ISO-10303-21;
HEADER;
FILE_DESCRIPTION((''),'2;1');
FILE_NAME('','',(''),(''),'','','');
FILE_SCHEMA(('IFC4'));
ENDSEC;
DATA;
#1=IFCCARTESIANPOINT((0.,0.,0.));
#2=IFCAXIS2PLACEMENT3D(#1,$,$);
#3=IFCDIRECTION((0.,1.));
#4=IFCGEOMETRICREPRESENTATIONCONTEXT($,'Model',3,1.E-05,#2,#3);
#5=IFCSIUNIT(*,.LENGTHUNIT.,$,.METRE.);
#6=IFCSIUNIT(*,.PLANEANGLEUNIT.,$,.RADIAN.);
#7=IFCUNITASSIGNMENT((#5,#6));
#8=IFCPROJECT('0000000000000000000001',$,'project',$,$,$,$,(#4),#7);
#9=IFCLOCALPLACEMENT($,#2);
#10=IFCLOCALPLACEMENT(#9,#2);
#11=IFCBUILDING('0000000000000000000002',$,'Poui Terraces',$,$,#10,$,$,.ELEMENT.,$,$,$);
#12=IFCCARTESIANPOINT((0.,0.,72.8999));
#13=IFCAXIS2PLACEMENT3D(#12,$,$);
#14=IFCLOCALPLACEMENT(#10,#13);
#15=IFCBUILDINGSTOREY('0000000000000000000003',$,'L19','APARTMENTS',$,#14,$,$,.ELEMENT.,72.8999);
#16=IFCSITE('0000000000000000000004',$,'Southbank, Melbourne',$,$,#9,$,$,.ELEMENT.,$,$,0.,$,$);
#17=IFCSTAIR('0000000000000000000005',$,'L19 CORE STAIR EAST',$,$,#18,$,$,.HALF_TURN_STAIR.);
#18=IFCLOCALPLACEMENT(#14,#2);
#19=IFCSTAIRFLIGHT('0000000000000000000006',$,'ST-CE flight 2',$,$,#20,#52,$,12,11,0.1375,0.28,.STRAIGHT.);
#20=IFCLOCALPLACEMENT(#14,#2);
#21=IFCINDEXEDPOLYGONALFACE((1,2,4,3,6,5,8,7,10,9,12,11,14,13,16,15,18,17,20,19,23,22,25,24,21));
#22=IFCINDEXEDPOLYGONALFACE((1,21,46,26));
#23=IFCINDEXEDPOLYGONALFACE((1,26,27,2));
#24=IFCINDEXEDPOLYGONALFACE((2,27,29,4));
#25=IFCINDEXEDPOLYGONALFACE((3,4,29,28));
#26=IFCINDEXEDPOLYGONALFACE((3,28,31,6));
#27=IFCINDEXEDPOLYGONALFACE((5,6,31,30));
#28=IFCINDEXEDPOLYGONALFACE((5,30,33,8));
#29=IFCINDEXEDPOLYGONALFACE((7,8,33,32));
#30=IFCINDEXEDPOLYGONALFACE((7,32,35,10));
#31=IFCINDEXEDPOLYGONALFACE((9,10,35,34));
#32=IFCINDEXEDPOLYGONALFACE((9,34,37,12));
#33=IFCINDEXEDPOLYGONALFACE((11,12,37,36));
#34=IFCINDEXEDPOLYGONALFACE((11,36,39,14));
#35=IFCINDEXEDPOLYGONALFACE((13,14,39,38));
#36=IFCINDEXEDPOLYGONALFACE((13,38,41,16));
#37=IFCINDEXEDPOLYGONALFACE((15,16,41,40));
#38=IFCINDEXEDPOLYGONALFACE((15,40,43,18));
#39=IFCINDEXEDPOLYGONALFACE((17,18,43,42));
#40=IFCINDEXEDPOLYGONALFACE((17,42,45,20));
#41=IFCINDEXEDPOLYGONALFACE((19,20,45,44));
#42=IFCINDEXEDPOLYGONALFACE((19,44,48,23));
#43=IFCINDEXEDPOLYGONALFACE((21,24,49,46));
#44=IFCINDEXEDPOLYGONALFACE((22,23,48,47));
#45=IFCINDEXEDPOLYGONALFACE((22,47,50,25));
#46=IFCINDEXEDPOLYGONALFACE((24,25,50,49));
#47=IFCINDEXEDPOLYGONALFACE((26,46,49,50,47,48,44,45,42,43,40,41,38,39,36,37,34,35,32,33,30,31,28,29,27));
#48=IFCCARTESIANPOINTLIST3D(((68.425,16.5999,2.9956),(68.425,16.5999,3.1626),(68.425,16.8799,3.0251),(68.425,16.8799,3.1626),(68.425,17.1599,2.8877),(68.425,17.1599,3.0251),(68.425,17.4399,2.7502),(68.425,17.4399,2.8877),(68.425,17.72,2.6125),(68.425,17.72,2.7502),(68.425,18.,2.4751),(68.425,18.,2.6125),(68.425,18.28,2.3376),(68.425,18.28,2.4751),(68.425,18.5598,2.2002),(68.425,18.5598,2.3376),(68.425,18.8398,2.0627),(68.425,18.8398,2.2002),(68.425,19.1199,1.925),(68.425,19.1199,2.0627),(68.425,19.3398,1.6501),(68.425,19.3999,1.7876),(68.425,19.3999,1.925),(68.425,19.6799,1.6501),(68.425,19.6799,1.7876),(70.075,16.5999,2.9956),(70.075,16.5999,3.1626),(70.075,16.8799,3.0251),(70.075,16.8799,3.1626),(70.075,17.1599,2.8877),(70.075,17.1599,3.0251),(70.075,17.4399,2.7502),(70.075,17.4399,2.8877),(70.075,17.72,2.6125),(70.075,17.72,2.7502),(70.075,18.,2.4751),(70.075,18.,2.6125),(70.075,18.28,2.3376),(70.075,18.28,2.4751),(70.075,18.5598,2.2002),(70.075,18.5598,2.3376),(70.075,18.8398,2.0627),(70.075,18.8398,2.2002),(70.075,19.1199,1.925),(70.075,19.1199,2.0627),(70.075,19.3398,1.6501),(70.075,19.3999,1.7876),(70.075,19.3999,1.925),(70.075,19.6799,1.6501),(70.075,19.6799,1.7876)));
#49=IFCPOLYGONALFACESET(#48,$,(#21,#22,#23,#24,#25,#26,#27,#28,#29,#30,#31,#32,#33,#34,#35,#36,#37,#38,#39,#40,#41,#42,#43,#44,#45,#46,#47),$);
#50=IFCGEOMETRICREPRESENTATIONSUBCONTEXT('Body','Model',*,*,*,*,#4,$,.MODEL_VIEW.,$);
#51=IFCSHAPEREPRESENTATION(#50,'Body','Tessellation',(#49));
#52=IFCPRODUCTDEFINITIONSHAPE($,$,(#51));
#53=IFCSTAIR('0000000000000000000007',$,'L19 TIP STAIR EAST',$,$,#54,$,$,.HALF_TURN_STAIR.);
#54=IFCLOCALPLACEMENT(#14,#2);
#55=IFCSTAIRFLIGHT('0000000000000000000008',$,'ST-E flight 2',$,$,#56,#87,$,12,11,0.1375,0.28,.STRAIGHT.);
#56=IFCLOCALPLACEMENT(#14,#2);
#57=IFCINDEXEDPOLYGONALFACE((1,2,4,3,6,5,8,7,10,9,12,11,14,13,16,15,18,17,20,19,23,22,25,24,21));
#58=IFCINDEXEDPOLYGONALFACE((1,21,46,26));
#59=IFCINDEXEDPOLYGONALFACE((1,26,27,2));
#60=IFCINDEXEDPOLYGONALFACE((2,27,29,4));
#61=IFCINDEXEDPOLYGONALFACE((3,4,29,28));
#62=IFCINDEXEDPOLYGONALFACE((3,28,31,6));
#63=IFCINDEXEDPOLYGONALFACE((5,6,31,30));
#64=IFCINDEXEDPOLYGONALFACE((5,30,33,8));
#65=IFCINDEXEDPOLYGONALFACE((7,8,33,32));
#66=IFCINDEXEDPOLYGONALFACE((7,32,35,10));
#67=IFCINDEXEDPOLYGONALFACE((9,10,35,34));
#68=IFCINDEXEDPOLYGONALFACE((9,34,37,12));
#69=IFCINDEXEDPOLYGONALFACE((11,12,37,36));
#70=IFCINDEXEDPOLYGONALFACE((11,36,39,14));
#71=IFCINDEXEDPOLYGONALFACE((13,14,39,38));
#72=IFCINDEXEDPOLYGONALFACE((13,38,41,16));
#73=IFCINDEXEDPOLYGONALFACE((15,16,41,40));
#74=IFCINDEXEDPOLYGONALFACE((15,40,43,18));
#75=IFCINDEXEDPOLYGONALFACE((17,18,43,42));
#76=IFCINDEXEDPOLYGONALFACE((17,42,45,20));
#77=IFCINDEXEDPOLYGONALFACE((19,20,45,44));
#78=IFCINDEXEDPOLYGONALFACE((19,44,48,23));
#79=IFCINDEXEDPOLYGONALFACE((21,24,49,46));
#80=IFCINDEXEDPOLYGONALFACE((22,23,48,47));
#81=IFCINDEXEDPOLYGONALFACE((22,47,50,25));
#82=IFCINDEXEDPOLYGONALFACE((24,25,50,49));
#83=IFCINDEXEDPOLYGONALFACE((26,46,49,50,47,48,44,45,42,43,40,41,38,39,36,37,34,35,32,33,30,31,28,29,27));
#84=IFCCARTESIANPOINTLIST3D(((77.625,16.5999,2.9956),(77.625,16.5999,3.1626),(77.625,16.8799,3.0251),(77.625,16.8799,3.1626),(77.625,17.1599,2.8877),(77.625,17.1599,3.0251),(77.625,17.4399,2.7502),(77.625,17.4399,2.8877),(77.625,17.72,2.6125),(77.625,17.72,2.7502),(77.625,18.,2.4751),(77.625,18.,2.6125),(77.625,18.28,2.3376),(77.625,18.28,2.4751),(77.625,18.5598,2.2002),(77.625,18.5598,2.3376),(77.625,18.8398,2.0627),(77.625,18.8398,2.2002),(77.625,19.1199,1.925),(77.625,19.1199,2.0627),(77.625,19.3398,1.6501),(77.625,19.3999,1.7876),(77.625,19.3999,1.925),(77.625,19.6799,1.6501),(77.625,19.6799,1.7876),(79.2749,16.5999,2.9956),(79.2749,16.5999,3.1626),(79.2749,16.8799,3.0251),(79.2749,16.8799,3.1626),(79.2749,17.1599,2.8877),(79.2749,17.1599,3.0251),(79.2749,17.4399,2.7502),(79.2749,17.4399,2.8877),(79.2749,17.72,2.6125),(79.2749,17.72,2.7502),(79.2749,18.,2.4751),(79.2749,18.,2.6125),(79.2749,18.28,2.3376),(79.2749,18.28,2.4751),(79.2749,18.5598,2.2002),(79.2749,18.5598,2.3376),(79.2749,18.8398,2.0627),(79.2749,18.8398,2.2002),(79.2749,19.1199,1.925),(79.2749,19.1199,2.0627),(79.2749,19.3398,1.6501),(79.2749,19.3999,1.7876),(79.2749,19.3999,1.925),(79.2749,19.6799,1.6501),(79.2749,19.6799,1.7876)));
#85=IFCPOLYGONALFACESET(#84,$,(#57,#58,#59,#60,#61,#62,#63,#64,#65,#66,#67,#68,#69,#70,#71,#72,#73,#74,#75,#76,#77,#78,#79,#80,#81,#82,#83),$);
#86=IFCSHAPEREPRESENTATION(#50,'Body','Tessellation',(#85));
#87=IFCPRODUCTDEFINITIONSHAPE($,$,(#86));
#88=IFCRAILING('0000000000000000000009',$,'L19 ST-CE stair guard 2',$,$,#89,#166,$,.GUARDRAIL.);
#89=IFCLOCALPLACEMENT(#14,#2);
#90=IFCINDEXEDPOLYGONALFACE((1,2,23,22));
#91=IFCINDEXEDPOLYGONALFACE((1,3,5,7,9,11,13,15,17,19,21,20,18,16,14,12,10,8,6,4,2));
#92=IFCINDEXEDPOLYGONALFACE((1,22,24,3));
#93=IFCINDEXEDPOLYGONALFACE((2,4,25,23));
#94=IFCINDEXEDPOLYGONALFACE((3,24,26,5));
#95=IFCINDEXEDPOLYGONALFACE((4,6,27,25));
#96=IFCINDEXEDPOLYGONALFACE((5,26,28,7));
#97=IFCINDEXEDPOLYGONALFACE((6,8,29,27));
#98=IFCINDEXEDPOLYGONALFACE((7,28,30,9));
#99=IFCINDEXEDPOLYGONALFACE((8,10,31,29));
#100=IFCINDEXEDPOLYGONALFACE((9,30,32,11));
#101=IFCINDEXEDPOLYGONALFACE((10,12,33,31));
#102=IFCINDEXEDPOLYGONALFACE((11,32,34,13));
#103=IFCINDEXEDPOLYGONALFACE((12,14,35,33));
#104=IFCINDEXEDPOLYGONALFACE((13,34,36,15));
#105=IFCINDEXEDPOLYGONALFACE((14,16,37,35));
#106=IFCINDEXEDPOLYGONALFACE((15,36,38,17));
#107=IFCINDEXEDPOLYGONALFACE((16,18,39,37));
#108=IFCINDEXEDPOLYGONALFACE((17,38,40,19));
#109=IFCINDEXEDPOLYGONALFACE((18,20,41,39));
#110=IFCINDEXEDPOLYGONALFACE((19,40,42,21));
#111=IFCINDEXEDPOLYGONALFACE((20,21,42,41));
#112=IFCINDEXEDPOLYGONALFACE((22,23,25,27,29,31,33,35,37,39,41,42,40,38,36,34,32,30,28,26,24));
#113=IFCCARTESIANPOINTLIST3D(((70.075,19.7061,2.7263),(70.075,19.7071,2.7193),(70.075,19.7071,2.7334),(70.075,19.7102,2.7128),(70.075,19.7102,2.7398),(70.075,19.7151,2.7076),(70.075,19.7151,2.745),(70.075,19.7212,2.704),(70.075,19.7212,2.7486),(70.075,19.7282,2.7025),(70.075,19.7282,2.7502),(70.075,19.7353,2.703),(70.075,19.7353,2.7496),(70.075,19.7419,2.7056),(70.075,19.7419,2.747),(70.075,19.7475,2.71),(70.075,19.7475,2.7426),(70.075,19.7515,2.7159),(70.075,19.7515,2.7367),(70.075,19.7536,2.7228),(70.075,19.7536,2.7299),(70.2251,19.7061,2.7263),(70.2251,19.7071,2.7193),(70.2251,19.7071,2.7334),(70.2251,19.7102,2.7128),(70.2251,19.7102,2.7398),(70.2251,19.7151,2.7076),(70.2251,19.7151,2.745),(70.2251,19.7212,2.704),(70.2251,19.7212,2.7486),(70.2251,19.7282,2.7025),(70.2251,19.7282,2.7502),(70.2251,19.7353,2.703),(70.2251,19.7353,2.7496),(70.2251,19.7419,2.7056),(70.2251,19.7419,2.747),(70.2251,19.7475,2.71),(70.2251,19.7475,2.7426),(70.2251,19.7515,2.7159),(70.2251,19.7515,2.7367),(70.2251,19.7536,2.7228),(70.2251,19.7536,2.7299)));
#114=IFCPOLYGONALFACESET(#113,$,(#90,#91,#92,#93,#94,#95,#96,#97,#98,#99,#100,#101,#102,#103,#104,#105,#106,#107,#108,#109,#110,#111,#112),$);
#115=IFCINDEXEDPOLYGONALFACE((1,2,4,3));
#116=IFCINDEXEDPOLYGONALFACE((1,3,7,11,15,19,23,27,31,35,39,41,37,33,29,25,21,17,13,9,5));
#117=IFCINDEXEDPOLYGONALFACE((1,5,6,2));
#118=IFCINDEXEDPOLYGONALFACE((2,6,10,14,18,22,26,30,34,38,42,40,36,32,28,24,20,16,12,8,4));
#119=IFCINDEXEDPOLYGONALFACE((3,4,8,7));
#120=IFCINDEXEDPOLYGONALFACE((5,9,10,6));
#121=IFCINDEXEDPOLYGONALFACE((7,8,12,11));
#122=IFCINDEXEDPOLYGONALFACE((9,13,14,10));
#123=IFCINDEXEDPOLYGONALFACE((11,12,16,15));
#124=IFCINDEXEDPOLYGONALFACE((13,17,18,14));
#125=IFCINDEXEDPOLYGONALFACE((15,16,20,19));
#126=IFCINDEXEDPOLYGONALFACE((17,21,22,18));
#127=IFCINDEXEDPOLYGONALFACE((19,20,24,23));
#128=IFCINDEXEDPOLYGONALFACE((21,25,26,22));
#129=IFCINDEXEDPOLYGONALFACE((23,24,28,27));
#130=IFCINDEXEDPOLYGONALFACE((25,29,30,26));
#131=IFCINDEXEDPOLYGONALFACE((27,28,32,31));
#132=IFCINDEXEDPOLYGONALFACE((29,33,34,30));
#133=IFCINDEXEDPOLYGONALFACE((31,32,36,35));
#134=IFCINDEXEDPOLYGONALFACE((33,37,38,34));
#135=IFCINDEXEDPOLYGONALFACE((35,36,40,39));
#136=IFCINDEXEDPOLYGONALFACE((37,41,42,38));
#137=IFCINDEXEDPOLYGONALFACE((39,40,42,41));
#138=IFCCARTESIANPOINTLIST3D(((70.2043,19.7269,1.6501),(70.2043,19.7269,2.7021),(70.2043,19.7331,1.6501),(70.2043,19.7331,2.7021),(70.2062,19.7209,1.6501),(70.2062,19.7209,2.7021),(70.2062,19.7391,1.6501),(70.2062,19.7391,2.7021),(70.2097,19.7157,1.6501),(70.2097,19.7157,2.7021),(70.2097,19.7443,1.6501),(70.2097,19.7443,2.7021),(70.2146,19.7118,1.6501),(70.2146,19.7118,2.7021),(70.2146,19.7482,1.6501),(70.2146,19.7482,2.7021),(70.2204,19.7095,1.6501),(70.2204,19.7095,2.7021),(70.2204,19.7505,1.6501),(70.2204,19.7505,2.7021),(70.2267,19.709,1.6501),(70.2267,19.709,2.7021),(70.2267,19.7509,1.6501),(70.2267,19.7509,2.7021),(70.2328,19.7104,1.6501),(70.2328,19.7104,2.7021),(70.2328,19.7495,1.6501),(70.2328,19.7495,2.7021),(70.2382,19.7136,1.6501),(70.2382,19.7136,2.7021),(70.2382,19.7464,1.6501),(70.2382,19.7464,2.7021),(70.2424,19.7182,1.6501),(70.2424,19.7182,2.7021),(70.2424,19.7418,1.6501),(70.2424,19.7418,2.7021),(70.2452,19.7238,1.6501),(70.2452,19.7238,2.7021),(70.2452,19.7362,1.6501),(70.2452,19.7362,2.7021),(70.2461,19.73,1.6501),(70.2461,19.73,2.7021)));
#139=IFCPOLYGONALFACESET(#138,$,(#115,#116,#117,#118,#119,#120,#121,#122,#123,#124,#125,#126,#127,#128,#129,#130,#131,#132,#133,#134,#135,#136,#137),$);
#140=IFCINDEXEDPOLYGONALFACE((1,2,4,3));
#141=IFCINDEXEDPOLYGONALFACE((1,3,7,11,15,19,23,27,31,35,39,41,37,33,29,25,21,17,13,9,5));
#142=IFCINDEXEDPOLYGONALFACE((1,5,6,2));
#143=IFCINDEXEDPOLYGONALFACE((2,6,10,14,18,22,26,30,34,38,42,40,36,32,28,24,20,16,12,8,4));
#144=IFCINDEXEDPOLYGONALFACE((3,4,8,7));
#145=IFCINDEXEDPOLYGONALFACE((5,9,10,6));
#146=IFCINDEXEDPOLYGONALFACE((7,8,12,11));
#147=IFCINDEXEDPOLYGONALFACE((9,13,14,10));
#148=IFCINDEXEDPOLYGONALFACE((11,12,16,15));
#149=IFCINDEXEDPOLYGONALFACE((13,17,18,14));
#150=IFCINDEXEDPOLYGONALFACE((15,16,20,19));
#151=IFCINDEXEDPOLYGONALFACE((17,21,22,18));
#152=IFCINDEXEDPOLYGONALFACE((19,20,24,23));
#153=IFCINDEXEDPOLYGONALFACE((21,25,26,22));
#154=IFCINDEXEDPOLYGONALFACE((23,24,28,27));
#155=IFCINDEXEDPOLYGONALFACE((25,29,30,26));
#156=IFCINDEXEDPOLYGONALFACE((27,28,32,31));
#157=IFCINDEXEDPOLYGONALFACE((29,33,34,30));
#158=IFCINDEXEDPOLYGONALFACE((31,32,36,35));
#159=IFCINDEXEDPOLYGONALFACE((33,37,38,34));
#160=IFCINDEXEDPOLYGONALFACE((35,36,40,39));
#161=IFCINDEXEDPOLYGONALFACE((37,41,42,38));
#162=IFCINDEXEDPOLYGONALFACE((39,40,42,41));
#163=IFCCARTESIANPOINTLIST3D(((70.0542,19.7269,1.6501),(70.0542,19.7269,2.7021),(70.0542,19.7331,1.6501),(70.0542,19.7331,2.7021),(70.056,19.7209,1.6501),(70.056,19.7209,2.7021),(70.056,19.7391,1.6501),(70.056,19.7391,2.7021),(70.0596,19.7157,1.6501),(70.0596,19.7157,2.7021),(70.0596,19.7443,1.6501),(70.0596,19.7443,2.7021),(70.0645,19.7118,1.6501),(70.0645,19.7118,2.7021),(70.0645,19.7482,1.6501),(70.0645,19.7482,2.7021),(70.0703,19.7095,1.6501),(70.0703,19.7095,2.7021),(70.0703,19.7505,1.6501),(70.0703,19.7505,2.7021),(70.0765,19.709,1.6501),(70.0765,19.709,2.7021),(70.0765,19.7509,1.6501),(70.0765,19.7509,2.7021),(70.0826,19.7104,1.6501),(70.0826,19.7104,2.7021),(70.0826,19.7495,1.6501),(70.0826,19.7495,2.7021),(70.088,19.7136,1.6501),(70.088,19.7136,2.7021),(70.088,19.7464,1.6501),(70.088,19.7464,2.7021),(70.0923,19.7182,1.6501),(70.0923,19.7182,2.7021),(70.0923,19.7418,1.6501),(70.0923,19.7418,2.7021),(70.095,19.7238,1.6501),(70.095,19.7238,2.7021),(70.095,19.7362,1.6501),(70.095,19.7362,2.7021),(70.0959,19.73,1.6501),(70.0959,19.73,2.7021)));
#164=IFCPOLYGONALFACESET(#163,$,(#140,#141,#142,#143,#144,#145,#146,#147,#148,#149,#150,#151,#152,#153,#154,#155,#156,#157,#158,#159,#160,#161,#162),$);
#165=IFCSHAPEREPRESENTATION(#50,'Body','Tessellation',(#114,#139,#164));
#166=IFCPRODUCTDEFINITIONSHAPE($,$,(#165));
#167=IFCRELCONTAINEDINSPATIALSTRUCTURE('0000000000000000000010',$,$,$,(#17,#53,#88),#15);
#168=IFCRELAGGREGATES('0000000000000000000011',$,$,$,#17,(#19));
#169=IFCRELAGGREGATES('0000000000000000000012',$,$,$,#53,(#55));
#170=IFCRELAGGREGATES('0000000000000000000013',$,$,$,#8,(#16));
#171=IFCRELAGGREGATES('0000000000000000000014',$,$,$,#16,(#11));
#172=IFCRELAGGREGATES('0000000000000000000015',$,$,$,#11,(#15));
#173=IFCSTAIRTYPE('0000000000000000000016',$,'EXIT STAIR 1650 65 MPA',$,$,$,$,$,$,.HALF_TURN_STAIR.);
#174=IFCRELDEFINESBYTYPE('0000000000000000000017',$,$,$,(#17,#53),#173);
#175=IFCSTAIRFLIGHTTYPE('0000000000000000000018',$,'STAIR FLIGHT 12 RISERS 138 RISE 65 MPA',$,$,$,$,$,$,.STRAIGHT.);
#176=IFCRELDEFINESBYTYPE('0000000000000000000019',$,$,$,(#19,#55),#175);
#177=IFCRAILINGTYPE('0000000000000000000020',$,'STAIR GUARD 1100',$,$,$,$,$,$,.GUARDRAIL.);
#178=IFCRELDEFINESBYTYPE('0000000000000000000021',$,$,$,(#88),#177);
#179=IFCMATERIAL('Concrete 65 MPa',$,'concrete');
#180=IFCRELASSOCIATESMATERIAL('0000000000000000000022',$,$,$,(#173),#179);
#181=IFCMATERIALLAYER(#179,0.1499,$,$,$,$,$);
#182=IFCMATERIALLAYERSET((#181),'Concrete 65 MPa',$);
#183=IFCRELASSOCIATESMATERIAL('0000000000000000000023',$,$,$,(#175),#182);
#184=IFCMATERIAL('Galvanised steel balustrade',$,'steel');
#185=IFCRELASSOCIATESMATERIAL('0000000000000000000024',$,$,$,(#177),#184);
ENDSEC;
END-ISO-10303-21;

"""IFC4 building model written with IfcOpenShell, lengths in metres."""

from ifc_helpers import new_model, si_unit, direction, frame, origin, origin_2d, place, context, subcontext, project, spatial, polyline, circle, outline, extrude, material, layer, layer_set, type_object, element, aggregate, save


model = new_model("IFC4")

# Units and contexts
model_context = context("Model", 3, precision=1e-05, world=origin(), true_north=direction((0.0, 1.0)))
body_context = subcontext(model_context, "Body", "Model", "MODEL_VIEW")
ifc_project = project(units=[si_unit("LENGTHUNIT", "METRE"), si_unit("PLANEANGLEUNIT", "RADIAN")], contexts=[model_context])

# Site, building, storey
site_placement = place(None, origin())
site = spatial("IfcSite", under=ifc_project, at=site_placement, Name="Southbank, Melbourne", CompositionType="ELEMENT", RefElevation=0.0)
building_placement = place(site_placement, origin())
building = spatial("IfcBuilding", under=site, at=building_placement, Name="Poui Terraces", CompositionType="ELEMENT")
storey_placement = place(building_placement, frame((0.0, 0.0, 72.8999)))
storey = spatial("IfcBuildingStorey", under=building, at=storey_placement, Name="L19", Description="APARTMENTS", CompositionType="ELEMENT", Elevation=72.8999)

# Shared definitions
ifc_material_1 = material(Name="Concrete 65 MPa", Category="concrete")

# Stairs, stair flights
stair_type = type_object("IfcStairType", Name="EXIT STAIR 1650 65 MPA", PredefinedType="HALF_TURN_STAIR", material=ifc_material_1)
stair_1_placement = place(storey_placement, origin())
stair_1 = element("IfcStair", 1, at=stair_1_placement, inside=storey, type_object=stair_type, Name="L19 CORE STAIR EAST", PredefinedType="HALF_TURN_STAIR")
ifc_layer_1 = layer(ifc_material_1, 0.1499)
ifc_layer_set_1 = layer_set([ifc_layer_1], Name="Concrete 65 MPa")
stair_flight_type = type_object("IfcStairFlightType", Name="STAIR FLIGHT 12 RISERS 138 RISE 65 MPA", PredefinedType="STRAIGHT", material=ifc_layer_set_1)
stair_flight_1_placement = place(storey_placement, frame((69.25, 19.6799, 1.6501), z_axis=(0.0, 0.0, 1.0), x_axis=(0.0, -1.0, 0.0)))
stair_flight_1 = element("IfcStairFlight", 2, at=stair_flight_1_placement, type_object=stair_flight_type, Name="ST-CE flight 2", NumberOfRisers=12, NumberOfTreads=11, PredefinedType="STRAIGHT", RiserHeight=0.1375, TreadLength=0.28, context=body_context, shape_type="SweptSolid", body=[
    extrude(outline(polyline([(0.0, 0.0), (0.0, 0.1375), (0.28, 0.1375), (0.28, 0.2749), (0.5601, 0.2749), (0.5601, 0.4126), (0.8401, 0.4126), (0.8401, 0.55), (1.1201, 0.55), (1.1201, 0.6875), (1.3999, 0.6875), (1.3999, 0.825), (1.6799, 0.825), (1.6799, 0.9624), (1.96, 0.9624), (1.96, 1.1001), (2.24, 1.1001), (2.24, 1.2375), (2.52, 1.2375), (2.52, 1.375), (2.8, 1.375), (2.8, 1.5125), (3.0801, 1.5125), (3.0801, 1.6499), (3.0801, 1.3455), (0.3401, 0.0), (0.0, 0.0)])), frame((0.0, 0.825, 0.0), z_axis=(0.0, -1.0, 0.0), x_axis=(1.0, 0.0, 0.0)), (0.0, 0.0, 1.0), 1.6499),
])
aggregate(stair_1, [stair_flight_1])
stair_2_placement = place(storey_placement, origin())
stair_2 = element("IfcStair", 3, at=stair_2_placement, inside=storey, type_object=stair_type, Name="L19 TIP STAIR EAST", PredefinedType="HALF_TURN_STAIR")
stair_flight_2_placement = place(storey_placement, frame((78.45, 19.6799, 1.6501), z_axis=(0.0, 0.0, 1.0), x_axis=(0.0, -1.0, 0.0)))
stair_flight_2 = element("IfcStairFlight", 4, at=stair_flight_2_placement, type_object=stair_flight_type, Name="ST-E flight 2", NumberOfRisers=12, NumberOfTreads=11, PredefinedType="STRAIGHT", RiserHeight=0.1375, TreadLength=0.28, context=body_context, shape_type="SweptSolid", body=[
    extrude(outline(polyline([(0.0, 0.0), (0.0, 0.1375), (0.28, 0.1375), (0.28, 0.2749), (0.5601, 0.2749), (0.5601, 0.4126), (0.8401, 0.4126), (0.8401, 0.55), (1.1201, 0.55), (1.1201, 0.6875), (1.3999, 0.6875), (1.3999, 0.825), (1.6799, 0.825), (1.6799, 0.9624), (1.96, 0.9624), (1.96, 1.1001), (2.24, 1.1001), (2.24, 1.2375), (2.52, 1.2375), (2.52, 1.375), (2.8, 1.375), (2.8, 1.5125), (3.0801, 1.5125), (3.0801, 1.6499), (3.0801, 1.3455), (0.3401, 0.0), (0.0, 0.0)])), frame((0.0, 0.825, 0.0), z_axis=(0.0, -1.0, 0.0), x_axis=(1.0, 0.0, 0.0)), (0.0, 0.0, 1.0), 1.6499),
])
aggregate(stair_2, [stair_flight_2])

# Railing
ifc_material_2 = material(Name="Galvanised steel balustrade", Category="steel")
railing_type_1 = type_object("IfcRailingType", Name="STAIR GUARD 1100", PredefinedType="GUARDRAIL", material=ifc_material_2)
railing_1_placement = place(storey_placement, frame((70.2251, 19.73, 1.6501)))
element("IfcRailing", 5, at=railing_1_placement, inside=storey, type_object=railing_type_1, Name="L19 ST-CE stair guard 2", PredefinedType="GUARDRAIL", context=body_context, shape_type="SweptSolid", body=[
    extrude(circle(Radius=0.0239, at=origin_2d()), frame((0.0, 0.0, 1.0762), z_axis=(-1.0, 0.0, 0.0), x_axis=(0.0, -1.0, 0.0)), (0.0, 0.0, 1.0), 0.1501),
    extrude(circle(Radius=0.021, at=origin_2d()), origin(), (0.0, 0.0, 1.0), 1.052),
    extrude(circle(Radius=0.021, at=origin_2d()), frame((-0.1501, 0.0, 0.0)), (0.0, 0.0, 1.0), 1.052),
])

save(model, "model.ifc")
